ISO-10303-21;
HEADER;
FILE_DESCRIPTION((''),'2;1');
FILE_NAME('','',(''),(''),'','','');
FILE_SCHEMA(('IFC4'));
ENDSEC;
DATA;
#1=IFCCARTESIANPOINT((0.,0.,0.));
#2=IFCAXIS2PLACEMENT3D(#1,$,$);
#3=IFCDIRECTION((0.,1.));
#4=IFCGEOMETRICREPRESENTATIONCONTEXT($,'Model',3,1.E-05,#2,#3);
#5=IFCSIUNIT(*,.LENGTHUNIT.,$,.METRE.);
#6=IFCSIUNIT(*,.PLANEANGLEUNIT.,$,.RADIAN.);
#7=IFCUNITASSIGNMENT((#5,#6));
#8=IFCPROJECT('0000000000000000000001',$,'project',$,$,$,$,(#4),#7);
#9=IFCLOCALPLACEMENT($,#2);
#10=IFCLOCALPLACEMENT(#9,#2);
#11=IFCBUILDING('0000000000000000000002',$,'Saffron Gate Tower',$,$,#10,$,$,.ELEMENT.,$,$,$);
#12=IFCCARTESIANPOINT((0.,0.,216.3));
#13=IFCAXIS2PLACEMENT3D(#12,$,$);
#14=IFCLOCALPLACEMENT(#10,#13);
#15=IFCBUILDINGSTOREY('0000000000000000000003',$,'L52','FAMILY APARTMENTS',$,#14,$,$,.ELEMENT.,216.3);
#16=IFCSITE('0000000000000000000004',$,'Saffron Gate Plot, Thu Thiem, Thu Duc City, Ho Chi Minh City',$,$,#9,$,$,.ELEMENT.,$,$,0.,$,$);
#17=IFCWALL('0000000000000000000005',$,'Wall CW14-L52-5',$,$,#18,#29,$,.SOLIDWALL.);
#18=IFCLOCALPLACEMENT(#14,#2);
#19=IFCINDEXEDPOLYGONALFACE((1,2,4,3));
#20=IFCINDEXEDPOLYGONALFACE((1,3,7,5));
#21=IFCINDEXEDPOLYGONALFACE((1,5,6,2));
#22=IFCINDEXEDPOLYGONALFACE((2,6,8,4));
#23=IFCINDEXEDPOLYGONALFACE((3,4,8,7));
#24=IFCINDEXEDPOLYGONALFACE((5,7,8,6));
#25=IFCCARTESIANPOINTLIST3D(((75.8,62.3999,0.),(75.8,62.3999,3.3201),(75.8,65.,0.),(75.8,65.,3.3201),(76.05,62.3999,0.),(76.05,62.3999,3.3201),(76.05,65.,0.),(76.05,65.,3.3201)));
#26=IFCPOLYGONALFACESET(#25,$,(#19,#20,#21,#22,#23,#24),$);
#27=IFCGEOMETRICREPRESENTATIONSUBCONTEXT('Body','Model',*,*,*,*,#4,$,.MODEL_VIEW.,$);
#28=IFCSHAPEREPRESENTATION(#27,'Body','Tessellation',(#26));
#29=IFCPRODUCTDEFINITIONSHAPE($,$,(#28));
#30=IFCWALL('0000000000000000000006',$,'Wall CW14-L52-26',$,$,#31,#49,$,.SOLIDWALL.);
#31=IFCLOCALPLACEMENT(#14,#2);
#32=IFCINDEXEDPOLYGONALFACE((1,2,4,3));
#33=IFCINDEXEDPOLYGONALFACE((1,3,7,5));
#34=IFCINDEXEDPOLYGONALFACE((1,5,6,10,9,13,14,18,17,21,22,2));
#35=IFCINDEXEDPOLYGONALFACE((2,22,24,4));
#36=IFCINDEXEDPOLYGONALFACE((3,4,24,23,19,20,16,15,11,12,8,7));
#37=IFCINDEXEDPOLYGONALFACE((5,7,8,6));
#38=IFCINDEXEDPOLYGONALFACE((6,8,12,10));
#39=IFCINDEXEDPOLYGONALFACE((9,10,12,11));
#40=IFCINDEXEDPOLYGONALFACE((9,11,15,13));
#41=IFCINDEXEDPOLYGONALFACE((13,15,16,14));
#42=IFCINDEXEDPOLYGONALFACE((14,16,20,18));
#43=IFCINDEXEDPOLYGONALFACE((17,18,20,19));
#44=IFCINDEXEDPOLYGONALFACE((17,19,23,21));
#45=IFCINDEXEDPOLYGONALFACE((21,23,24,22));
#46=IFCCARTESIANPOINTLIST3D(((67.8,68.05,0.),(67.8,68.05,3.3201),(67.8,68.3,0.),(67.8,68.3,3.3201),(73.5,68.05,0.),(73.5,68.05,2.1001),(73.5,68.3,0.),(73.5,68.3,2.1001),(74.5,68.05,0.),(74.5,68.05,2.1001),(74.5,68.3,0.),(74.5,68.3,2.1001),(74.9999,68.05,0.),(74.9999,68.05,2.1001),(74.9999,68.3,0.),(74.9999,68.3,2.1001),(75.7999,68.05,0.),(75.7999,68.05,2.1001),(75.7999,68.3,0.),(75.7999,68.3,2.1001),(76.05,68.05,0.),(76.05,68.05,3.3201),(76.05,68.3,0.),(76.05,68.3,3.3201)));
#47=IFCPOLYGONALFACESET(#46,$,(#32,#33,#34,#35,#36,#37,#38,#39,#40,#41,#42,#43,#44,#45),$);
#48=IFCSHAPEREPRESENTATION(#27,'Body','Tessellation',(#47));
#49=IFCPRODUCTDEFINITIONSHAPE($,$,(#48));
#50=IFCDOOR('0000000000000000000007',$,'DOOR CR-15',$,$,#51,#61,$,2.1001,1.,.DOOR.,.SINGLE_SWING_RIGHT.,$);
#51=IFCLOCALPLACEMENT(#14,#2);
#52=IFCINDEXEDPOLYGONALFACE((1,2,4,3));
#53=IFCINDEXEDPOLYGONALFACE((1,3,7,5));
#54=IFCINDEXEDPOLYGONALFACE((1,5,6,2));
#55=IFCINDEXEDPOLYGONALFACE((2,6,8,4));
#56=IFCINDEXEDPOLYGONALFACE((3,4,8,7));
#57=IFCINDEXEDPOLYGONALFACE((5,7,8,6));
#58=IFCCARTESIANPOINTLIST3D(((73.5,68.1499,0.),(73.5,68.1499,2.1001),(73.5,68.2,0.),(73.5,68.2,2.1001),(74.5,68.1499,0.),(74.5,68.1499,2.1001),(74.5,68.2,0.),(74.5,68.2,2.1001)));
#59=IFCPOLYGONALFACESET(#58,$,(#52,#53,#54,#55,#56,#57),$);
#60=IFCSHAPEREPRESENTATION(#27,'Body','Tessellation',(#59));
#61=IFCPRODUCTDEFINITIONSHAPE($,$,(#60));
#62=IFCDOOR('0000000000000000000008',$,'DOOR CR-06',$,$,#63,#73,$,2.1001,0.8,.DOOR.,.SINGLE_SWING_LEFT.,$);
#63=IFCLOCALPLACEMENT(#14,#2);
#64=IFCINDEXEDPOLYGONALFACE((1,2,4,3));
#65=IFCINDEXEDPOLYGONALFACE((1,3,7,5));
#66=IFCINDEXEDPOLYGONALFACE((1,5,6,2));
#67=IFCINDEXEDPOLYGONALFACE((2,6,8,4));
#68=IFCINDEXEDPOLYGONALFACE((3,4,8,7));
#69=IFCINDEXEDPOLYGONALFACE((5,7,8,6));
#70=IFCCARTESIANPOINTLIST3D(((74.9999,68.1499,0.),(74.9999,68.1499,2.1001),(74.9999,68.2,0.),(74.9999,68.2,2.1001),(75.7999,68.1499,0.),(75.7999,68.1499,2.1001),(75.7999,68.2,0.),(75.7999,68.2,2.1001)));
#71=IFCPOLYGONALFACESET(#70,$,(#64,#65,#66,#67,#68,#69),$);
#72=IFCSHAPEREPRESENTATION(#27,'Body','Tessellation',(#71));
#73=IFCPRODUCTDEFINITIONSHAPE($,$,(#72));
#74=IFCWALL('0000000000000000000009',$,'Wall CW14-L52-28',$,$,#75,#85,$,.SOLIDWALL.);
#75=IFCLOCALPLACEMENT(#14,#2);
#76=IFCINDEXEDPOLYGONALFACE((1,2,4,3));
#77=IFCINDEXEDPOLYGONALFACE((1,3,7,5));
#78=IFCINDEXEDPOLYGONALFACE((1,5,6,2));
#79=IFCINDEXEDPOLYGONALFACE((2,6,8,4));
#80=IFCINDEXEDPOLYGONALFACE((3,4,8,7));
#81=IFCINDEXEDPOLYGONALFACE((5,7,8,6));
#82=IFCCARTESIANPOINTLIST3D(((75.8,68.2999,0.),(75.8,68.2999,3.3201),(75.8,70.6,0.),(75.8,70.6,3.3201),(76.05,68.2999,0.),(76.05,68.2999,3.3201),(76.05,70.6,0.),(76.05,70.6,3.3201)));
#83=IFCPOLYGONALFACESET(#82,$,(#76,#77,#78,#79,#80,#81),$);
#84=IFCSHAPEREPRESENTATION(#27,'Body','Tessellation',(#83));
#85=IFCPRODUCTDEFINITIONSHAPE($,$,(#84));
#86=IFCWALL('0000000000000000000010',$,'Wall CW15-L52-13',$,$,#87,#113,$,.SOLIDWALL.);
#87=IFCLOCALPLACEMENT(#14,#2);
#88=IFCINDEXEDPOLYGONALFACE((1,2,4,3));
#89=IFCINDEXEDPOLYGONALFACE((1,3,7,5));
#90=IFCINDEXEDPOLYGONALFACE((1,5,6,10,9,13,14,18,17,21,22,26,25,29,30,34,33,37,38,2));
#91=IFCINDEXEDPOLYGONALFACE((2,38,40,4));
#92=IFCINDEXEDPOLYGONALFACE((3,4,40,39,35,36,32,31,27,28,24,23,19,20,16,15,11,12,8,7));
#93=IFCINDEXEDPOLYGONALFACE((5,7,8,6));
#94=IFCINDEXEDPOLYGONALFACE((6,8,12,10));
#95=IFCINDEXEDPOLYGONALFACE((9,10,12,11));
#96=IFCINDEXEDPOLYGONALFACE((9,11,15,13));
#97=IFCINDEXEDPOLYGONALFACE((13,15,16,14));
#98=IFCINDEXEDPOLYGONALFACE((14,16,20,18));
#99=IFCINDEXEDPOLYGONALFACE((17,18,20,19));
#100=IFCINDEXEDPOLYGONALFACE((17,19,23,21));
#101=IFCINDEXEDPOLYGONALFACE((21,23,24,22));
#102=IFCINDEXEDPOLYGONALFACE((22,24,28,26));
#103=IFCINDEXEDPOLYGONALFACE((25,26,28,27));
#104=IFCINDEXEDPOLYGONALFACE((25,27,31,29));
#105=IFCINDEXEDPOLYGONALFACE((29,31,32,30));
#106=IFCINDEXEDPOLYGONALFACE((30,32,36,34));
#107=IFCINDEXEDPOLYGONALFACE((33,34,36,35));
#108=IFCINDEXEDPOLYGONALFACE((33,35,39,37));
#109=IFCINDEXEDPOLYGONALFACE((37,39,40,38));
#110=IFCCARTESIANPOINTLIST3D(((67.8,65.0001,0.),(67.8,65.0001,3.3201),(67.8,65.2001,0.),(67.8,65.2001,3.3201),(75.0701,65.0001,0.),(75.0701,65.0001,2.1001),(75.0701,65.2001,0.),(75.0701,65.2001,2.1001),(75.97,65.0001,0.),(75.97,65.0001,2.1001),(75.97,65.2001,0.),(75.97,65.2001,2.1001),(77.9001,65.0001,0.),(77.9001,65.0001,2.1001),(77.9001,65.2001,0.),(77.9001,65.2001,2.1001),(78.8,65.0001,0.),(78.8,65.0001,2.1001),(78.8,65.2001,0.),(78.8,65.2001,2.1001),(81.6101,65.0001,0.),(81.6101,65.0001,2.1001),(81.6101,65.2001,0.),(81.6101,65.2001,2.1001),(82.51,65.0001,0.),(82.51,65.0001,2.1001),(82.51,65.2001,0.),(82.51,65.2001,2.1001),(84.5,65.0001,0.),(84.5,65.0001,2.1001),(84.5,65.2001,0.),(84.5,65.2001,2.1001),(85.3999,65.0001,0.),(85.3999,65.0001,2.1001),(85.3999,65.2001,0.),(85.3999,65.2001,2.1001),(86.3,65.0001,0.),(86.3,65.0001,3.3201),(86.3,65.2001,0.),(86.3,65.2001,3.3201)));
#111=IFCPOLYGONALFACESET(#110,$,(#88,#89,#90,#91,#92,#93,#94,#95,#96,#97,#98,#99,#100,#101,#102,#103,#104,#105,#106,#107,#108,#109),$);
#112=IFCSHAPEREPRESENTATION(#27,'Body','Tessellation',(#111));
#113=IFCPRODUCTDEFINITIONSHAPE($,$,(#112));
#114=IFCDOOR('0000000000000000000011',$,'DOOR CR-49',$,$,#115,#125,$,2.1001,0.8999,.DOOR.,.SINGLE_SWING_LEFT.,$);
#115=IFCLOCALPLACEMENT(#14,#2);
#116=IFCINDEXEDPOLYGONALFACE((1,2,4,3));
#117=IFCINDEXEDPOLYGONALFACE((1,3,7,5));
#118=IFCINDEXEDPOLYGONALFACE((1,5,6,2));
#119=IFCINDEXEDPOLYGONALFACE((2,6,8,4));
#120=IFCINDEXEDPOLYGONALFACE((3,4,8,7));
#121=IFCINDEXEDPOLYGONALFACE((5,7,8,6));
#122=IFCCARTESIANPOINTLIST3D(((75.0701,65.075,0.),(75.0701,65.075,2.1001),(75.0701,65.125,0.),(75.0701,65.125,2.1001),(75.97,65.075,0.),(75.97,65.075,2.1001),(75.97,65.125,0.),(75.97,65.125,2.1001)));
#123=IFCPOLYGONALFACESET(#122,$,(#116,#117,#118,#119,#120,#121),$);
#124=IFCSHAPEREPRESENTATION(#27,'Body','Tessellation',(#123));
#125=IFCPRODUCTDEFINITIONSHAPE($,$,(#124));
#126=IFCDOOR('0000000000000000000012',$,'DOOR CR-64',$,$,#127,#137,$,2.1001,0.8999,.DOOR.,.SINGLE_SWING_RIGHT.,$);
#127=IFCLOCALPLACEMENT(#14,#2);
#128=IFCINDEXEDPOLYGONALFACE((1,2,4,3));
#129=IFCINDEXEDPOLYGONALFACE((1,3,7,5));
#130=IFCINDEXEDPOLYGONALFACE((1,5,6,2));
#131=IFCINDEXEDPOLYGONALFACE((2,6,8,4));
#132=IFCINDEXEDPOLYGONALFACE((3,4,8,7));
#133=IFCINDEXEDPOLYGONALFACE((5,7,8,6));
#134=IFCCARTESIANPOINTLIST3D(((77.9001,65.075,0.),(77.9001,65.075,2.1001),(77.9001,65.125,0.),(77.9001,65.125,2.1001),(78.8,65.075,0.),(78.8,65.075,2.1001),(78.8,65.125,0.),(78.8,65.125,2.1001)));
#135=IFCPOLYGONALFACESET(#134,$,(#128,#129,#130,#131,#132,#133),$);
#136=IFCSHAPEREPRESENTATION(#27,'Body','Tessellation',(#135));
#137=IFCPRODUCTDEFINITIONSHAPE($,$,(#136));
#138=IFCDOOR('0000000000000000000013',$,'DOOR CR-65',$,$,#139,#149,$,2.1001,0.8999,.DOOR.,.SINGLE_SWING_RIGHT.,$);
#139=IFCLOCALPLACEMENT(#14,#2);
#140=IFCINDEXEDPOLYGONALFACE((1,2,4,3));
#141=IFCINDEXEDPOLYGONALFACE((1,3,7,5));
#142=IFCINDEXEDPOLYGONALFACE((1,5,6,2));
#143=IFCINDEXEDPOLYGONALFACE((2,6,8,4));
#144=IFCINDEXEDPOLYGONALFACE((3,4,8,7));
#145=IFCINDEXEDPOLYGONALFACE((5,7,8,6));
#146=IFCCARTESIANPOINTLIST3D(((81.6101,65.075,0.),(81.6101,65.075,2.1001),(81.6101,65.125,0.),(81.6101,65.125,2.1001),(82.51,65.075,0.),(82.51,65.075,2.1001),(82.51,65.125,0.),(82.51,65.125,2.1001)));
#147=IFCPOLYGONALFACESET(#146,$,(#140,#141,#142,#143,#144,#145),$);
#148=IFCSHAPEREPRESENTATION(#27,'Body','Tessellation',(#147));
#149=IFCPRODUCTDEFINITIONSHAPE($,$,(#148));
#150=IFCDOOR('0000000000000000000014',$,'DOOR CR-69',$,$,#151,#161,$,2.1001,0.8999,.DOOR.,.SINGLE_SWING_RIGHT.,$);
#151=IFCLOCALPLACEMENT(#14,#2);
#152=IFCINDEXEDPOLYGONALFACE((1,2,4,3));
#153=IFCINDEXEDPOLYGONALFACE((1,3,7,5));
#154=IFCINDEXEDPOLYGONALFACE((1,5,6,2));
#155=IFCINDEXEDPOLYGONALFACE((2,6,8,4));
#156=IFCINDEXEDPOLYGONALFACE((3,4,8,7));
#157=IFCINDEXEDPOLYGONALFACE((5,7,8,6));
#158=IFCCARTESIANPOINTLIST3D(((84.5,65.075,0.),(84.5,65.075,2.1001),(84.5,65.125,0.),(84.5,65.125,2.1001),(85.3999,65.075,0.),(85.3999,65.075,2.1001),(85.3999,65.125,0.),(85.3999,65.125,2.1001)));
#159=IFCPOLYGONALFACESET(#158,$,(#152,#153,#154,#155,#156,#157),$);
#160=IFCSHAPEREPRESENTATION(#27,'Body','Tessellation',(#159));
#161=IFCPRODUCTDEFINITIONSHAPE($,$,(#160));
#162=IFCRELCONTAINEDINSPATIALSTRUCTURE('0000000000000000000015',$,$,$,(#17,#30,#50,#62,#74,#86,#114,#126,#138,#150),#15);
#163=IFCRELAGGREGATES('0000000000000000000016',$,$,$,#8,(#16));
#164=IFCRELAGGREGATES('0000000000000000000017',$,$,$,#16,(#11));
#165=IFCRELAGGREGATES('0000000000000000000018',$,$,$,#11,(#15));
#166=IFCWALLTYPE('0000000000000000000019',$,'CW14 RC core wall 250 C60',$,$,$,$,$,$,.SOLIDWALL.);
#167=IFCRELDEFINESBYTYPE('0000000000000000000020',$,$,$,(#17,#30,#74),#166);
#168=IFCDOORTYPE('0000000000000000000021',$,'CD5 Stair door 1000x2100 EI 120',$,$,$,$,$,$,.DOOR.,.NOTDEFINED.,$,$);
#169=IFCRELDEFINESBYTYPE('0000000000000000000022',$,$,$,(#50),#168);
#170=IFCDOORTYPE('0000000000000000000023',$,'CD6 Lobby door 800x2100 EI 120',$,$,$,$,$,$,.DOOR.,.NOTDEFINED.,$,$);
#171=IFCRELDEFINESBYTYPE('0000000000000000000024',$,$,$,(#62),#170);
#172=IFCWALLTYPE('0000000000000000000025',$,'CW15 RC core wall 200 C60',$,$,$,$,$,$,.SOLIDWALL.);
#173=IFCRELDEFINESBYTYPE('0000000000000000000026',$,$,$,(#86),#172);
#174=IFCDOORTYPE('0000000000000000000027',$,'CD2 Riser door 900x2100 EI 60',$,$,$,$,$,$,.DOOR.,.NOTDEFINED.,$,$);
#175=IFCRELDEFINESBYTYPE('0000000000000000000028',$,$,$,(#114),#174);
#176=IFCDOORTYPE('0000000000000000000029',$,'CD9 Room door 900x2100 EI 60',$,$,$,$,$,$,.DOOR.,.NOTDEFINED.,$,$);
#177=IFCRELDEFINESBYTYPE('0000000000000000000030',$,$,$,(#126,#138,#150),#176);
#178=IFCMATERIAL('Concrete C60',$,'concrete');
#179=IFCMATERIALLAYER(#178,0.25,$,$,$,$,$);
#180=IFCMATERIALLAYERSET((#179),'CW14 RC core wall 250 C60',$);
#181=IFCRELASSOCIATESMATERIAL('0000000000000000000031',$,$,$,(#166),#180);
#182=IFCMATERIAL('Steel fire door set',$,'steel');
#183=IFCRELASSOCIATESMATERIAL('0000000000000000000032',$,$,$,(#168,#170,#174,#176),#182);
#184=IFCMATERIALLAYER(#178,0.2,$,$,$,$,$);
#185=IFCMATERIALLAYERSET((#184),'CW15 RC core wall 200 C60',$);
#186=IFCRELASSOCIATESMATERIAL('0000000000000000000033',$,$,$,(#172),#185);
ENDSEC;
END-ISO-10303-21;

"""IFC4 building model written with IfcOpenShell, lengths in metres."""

from ifc_helpers import new_model, si_unit, direction, frame, frame_2d, origin, place, context, subcontext, project, spatial, rectangle, extrude, material, layer, layer_set, type_object, element, fill, save


model = new_model("IFC4")

# Units and contexts
model_context = context("Model", 3, precision=1e-05, world=origin(), true_north=direction((0.0, 1.0)))
body_context = subcontext(model_context, "Body", "Model", "MODEL_VIEW")
ifc_project = project(units=[si_unit("LENGTHUNIT", "METRE"), si_unit("PLANEANGLEUNIT", "RADIAN")], contexts=[model_context])

# Site, building, storey
site_placement = place(None, origin())
site = spatial("IfcSite", under=ifc_project, at=site_placement, Name="Saffron Gate Plot, Thu Thiem, Thu Duc City, Ho Chi Minh City", CompositionType="ELEMENT", RefElevation=0.0)
building_placement = place(site_placement, origin())
building = spatial("IfcBuilding", under=site, at=building_placement, Name="Saffron Gate Tower", CompositionType="ELEMENT")
storey_placement = place(building_placement, frame((0.0, 0.0, 216.3)))
storey = spatial("IfcBuildingStorey", under=building, at=storey_placement, Name="L52", Description="FAMILY APARTMENTS", CompositionType="ELEMENT", Elevation=216.3)

# Wall
ifc_material_1 = material(Name="Concrete C60", Category="concrete")
ifc_layer_1 = layer(ifc_material_1, 0.25)
ifc_layer_set_1 = layer_set([ifc_layer_1], Name="CW14 RC core wall 250 C60")
wall_type_1 = type_object("IfcWallType", Name="CW14 RC core wall 250 C60", PredefinedType="SOLIDWALL", material=ifc_layer_set_1)
wall_1_placement = place(storey_placement, frame((75.925, 62.3999, 0.0), z_axis=(0.0, 0.0, 1.0), x_axis=(0.0, 1.0, 0.0)))
element("IfcWall", 1, at=wall_1_placement, inside=storey, type_object=wall_type_1, Name="Wall CW14-L52-5", PredefinedType="SOLIDWALL", context=body_context, shape_type="SweptSolid", body=[
    extrude(rectangle(XDim=2.6001, YDim=0.25, at=frame_2d((1.3, 0.0))), origin(), (0.0, 0.0, 1.0), 3.3201),
])

# Wall, openings, doors
wall_2_placement = place(storey_placement, frame((67.8, 68.175, 0.0), z_axis=(0.0, 0.0, 1.0), x_axis=(1.0, 0.0, 0.0)))
wall_2 = element("IfcWall", 2, at=wall_2_placement, inside=storey, type_object=wall_type_1, Name="Wall CW14-L52-26", PredefinedType="SOLIDWALL", context=body_context, shape_type="SweptSolid", body=[
    extrude(rectangle(XDim=8.25, YDim=0.25, at=frame_2d((4.125, 0.0))), origin(), (0.0, 0.0, 1.0), 3.3201),
])
opening_1_placement = place(wall_2_placement, frame((5.7, 0.0, 0.0)))
opening_1 = element("IfcOpeningElement", 3, at=opening_1_placement, cuts=wall_2, PredefinedType="OPENING", context=body_context, shape_type="SweptSolid", body=[
    extrude(rectangle(XDim=1.0, YDim=2.1001, at=frame_2d((0.5, 1.05))), frame((0.0, 0.135, 0.0), z_axis=(0.0, -1.0, 0.0), x_axis=(1.0, 0.0, 0.0)), (0.0, 0.0, 1.0), 0.27),
])
opening_2_placement = place(wall_2_placement, frame((7.2, 0.0, 0.0)))
opening_2 = element("IfcOpeningElement", 4, at=opening_2_placement, cuts=wall_2, PredefinedType="OPENING", context=body_context, shape_type="SweptSolid", body=[
    extrude(rectangle(XDim=0.8, YDim=2.1001, at=frame_2d((0.3999, 1.05))), frame((0.0, 0.135, 0.0), z_axis=(0.0, -1.0, 0.0), x_axis=(1.0, 0.0, 0.0)), (0.0, 0.0, 1.0), 0.27),
])
ifc_material_2 = material(Name="Steel fire door set", Category="steel")
door_type_1 = type_object("IfcDoorType", Name="CD5 Stair door 1000x2100 EI 120", OperationType="NOTDEFINED", PredefinedType="DOOR", material=ifc_material_2)
door_1_placement = place(opening_1_placement, origin())
door_1 = element("IfcDoor", 5, at=door_1_placement, inside=storey, type_object=door_type_1, Name="DOOR CR-15", OperationType="SINGLE_SWING_RIGHT", OverallHeight=2.1001, OverallWidth=1.0, PredefinedType="DOOR", context=body_context, shape_type="SweptSolid", body=[
    extrude(rectangle(XDim=1.0, YDim=2.1001, at=frame_2d((0.5, 1.05))), frame((0.0, 0.0249, 0.0), z_axis=(0.0, -1.0, 0.0), x_axis=(1.0, 0.0, 0.0)), (0.0, 0.0, 1.0), 0.05),
])
fill(opening_1, door_1)
door_type_2 = type_object("IfcDoorType", Name="CD6 Lobby door 800x2100 EI 120", OperationType="NOTDEFINED", PredefinedType="DOOR", material=ifc_material_2)
door_2_placement = place(opening_2_placement, origin())
door_2 = element("IfcDoor", 6, at=door_2_placement, inside=storey, type_object=door_type_2, Name="DOOR CR-06", OperationType="SINGLE_SWING_LEFT", OverallHeight=2.1001, OverallWidth=0.8, PredefinedType="DOOR", context=body_context, shape_type="SweptSolid", body=[
    extrude(rectangle(XDim=0.8, YDim=2.1001, at=frame_2d((0.3999, 1.05))), frame((0.0, 0.0249, 0.0), z_axis=(0.0, -1.0, 0.0), x_axis=(1.0, 0.0, 0.0)), (0.0, 0.0, 1.0), 0.05),
])
fill(opening_2, door_2)

# Wall
wall_3_placement = place(storey_placement, frame((75.925, 68.3, 0.0), z_axis=(0.0, 0.0, 1.0), x_axis=(0.0, 1.0, 0.0)))
element("IfcWall", 7, at=wall_3_placement, inside=storey, type_object=wall_type_1, Name="Wall CW14-L52-28", PredefinedType="SOLIDWALL", context=body_context, shape_type="SweptSolid", body=[
    extrude(rectangle(XDim=2.3, YDim=0.25, at=frame_2d((1.1499, 0.0))), origin(), (0.0, 0.0, 1.0), 3.3201),
])

# Wall, openings, doors
ifc_layer_2 = layer(ifc_material_1, 0.2)
ifc_layer_set_2 = layer_set([ifc_layer_2], Name="CW15 RC core wall 200 C60")
wall_type_2 = type_object("IfcWallType", Name="CW15 RC core wall 200 C60", PredefinedType="SOLIDWALL", material=ifc_layer_set_2)
wall_4_placement = place(storey_placement, frame((67.8, 65.1001, 0.0), z_axis=(0.0, 0.0, 1.0), x_axis=(1.0, 0.0, 0.0)))
wall_4 = element("IfcWall", 8, at=wall_4_placement, inside=storey, type_object=wall_type_2, Name="Wall CW15-L52-13", PredefinedType="SOLIDWALL", context=body_context, shape_type="SweptSolid", body=[
    extrude(rectangle(XDim=18.5, YDim=0.2, at=frame_2d((9.25, 0.0))), origin(), (0.0, 0.0, 1.0), 3.3201),
])
opening_3_placement = place(wall_4_placement, frame((7.27, 0.0, 0.0)))
opening_3 = element("IfcOpeningElement", 9, at=opening_3_placement, cuts=wall_4, PredefinedType="OPENING", context=body_context, shape_type="SweptSolid", body=[
    extrude(rectangle(XDim=0.8999, YDim=2.1001, at=frame_2d((0.45, 1.05))), frame((0.0, 0.1099, 0.0), z_axis=(0.0, -1.0, 0.0), x_axis=(1.0, 0.0, 0.0)), (0.0, 0.0, 1.0), 0.22),
])
opening_4_placement = place(wall_4_placement, frame((10.1001, 0.0, 0.0)))
opening_4 = element("IfcOpeningElement", 10, at=opening_4_placement, cuts=wall_4, PredefinedType="OPENING", context=body_context, shape_type="SweptSolid", body=[
    extrude(rectangle(XDim=0.8999, YDim=2.1001, at=frame_2d((0.45, 1.05))), frame((0.0, 0.1099, 0.0), z_axis=(0.0, -1.0, 0.0), x_axis=(1.0, 0.0, 0.0)), (0.0, 0.0, 1.0), 0.22),
])
opening_5_placement = place(wall_4_placement, frame((13.8101, 0.0, 0.0)))
opening_5 = element("IfcOpeningElement", 11, at=opening_5_placement, cuts=wall_4, PredefinedType="OPENING", context=body_context, shape_type="SweptSolid", body=[
    extrude(rectangle(XDim=0.8999, YDim=2.1001, at=frame_2d((0.45, 1.05))), frame((0.0, 0.1099, 0.0), z_axis=(0.0, -1.0, 0.0), x_axis=(1.0, 0.0, 0.0)), (0.0, 0.0, 1.0), 0.22),
])
opening_6_placement = place(wall_4_placement, frame((16.7, 0.0, 0.0)))
opening_6 = element("IfcOpeningElement", 12, at=opening_6_placement, cuts=wall_4, PredefinedType="OPENING", context=body_context, shape_type="SweptSolid", body=[
    extrude(rectangle(XDim=0.8999, YDim=2.1001, at=frame_2d((0.45, 1.05))), frame((0.0, 0.1099, 0.0), z_axis=(0.0, -1.0, 0.0), x_axis=(1.0, 0.0, 0.0)), (0.0, 0.0, 1.0), 0.22),
])
door_type_3 = type_object("IfcDoorType", Name="CD2 Riser door 900x2100 EI 60", OperationType="NOTDEFINED", PredefinedType="DOOR", material=ifc_material_2)
door_3_placement = place(opening_3_placement, origin())
door_3 = element("IfcDoor", 13, at=door_3_placement, inside=storey, type_object=door_type_3, Name="DOOR CR-49", OperationType="SINGLE_SWING_LEFT", OverallHeight=2.1001, OverallWidth=0.8999, PredefinedType="DOOR", context=body_context, shape_type="SweptSolid", body=[
    extrude(rectangle(XDim=0.8999, YDim=2.1001, at=frame_2d((0.45, 1.05))), frame((0.0, 0.0249, 0.0), z_axis=(0.0, -1.0, 0.0), x_axis=(1.0, 0.0, 0.0)), (0.0, 0.0, 1.0), 0.05),
])
fill(opening_3, door_3)
door_type_4 = type_object("IfcDoorType", Name="CD9 Room door 900x2100 EI 60", OperationType="NOTDEFINED", PredefinedType="DOOR", material=ifc_material_2)
door_4_placement = place(opening_4_placement, origin())
door_4 = element("IfcDoor", 14, at=door_4_placement, inside=storey, type_object=door_type_4, Name="DOOR CR-64", OperationType="SINGLE_SWING_RIGHT", OverallHeight=2.1001, OverallWidth=0.8999, PredefinedType="DOOR", context=body_context, shape_type="SweptSolid", body=[
    extrude(rectangle(XDim=0.8999, YDim=2.1001, at=frame_2d((0.45, 1.05))), frame((0.0, 0.0249, 0.0), z_axis=(0.0, -1.0, 0.0), x_axis=(1.0, 0.0, 0.0)), (0.0, 0.0, 1.0), 0.05),
])
fill(opening_4, door_4)
door_5_placement = place(opening_5_placement, origin())
door_5 = element("IfcDoor", 15, at=door_5_placement, inside=storey, type_object=door_type_4, Name="DOOR CR-65", OperationType="SINGLE_SWING_RIGHT", OverallHeight=2.1001, OverallWidth=0.8999, PredefinedType="DOOR", context=body_context, shape_type="SweptSolid", body=[
    extrude(rectangle(XDim=0.8999, YDim=2.1001, at=frame_2d((0.45, 1.05))), frame((0.0, 0.0249, 0.0), z_axis=(0.0, -1.0, 0.0), x_axis=(1.0, 0.0, 0.0)), (0.0, 0.0, 1.0), 0.05),
])
fill(opening_5, door_5)
door_6_placement = place(opening_6_placement, origin())
door_6 = element("IfcDoor", 16, at=door_6_placement, inside=storey, type_object=door_type_4, Name="DOOR CR-69", OperationType="SINGLE_SWING_RIGHT", OverallHeight=2.1001, OverallWidth=0.8999, PredefinedType="DOOR", context=body_context, shape_type="SweptSolid", body=[
    extrude(rectangle(XDim=0.8999, YDim=2.1001, at=frame_2d((0.45, 1.05))), frame((0.0, 0.0249, 0.0), z_axis=(0.0, -1.0, 0.0), x_axis=(1.0, 0.0, 0.0)), (0.0, 0.0, 1.0), 0.05),
])
fill(opening_6, door_6)

save(model, "model.ifc")
